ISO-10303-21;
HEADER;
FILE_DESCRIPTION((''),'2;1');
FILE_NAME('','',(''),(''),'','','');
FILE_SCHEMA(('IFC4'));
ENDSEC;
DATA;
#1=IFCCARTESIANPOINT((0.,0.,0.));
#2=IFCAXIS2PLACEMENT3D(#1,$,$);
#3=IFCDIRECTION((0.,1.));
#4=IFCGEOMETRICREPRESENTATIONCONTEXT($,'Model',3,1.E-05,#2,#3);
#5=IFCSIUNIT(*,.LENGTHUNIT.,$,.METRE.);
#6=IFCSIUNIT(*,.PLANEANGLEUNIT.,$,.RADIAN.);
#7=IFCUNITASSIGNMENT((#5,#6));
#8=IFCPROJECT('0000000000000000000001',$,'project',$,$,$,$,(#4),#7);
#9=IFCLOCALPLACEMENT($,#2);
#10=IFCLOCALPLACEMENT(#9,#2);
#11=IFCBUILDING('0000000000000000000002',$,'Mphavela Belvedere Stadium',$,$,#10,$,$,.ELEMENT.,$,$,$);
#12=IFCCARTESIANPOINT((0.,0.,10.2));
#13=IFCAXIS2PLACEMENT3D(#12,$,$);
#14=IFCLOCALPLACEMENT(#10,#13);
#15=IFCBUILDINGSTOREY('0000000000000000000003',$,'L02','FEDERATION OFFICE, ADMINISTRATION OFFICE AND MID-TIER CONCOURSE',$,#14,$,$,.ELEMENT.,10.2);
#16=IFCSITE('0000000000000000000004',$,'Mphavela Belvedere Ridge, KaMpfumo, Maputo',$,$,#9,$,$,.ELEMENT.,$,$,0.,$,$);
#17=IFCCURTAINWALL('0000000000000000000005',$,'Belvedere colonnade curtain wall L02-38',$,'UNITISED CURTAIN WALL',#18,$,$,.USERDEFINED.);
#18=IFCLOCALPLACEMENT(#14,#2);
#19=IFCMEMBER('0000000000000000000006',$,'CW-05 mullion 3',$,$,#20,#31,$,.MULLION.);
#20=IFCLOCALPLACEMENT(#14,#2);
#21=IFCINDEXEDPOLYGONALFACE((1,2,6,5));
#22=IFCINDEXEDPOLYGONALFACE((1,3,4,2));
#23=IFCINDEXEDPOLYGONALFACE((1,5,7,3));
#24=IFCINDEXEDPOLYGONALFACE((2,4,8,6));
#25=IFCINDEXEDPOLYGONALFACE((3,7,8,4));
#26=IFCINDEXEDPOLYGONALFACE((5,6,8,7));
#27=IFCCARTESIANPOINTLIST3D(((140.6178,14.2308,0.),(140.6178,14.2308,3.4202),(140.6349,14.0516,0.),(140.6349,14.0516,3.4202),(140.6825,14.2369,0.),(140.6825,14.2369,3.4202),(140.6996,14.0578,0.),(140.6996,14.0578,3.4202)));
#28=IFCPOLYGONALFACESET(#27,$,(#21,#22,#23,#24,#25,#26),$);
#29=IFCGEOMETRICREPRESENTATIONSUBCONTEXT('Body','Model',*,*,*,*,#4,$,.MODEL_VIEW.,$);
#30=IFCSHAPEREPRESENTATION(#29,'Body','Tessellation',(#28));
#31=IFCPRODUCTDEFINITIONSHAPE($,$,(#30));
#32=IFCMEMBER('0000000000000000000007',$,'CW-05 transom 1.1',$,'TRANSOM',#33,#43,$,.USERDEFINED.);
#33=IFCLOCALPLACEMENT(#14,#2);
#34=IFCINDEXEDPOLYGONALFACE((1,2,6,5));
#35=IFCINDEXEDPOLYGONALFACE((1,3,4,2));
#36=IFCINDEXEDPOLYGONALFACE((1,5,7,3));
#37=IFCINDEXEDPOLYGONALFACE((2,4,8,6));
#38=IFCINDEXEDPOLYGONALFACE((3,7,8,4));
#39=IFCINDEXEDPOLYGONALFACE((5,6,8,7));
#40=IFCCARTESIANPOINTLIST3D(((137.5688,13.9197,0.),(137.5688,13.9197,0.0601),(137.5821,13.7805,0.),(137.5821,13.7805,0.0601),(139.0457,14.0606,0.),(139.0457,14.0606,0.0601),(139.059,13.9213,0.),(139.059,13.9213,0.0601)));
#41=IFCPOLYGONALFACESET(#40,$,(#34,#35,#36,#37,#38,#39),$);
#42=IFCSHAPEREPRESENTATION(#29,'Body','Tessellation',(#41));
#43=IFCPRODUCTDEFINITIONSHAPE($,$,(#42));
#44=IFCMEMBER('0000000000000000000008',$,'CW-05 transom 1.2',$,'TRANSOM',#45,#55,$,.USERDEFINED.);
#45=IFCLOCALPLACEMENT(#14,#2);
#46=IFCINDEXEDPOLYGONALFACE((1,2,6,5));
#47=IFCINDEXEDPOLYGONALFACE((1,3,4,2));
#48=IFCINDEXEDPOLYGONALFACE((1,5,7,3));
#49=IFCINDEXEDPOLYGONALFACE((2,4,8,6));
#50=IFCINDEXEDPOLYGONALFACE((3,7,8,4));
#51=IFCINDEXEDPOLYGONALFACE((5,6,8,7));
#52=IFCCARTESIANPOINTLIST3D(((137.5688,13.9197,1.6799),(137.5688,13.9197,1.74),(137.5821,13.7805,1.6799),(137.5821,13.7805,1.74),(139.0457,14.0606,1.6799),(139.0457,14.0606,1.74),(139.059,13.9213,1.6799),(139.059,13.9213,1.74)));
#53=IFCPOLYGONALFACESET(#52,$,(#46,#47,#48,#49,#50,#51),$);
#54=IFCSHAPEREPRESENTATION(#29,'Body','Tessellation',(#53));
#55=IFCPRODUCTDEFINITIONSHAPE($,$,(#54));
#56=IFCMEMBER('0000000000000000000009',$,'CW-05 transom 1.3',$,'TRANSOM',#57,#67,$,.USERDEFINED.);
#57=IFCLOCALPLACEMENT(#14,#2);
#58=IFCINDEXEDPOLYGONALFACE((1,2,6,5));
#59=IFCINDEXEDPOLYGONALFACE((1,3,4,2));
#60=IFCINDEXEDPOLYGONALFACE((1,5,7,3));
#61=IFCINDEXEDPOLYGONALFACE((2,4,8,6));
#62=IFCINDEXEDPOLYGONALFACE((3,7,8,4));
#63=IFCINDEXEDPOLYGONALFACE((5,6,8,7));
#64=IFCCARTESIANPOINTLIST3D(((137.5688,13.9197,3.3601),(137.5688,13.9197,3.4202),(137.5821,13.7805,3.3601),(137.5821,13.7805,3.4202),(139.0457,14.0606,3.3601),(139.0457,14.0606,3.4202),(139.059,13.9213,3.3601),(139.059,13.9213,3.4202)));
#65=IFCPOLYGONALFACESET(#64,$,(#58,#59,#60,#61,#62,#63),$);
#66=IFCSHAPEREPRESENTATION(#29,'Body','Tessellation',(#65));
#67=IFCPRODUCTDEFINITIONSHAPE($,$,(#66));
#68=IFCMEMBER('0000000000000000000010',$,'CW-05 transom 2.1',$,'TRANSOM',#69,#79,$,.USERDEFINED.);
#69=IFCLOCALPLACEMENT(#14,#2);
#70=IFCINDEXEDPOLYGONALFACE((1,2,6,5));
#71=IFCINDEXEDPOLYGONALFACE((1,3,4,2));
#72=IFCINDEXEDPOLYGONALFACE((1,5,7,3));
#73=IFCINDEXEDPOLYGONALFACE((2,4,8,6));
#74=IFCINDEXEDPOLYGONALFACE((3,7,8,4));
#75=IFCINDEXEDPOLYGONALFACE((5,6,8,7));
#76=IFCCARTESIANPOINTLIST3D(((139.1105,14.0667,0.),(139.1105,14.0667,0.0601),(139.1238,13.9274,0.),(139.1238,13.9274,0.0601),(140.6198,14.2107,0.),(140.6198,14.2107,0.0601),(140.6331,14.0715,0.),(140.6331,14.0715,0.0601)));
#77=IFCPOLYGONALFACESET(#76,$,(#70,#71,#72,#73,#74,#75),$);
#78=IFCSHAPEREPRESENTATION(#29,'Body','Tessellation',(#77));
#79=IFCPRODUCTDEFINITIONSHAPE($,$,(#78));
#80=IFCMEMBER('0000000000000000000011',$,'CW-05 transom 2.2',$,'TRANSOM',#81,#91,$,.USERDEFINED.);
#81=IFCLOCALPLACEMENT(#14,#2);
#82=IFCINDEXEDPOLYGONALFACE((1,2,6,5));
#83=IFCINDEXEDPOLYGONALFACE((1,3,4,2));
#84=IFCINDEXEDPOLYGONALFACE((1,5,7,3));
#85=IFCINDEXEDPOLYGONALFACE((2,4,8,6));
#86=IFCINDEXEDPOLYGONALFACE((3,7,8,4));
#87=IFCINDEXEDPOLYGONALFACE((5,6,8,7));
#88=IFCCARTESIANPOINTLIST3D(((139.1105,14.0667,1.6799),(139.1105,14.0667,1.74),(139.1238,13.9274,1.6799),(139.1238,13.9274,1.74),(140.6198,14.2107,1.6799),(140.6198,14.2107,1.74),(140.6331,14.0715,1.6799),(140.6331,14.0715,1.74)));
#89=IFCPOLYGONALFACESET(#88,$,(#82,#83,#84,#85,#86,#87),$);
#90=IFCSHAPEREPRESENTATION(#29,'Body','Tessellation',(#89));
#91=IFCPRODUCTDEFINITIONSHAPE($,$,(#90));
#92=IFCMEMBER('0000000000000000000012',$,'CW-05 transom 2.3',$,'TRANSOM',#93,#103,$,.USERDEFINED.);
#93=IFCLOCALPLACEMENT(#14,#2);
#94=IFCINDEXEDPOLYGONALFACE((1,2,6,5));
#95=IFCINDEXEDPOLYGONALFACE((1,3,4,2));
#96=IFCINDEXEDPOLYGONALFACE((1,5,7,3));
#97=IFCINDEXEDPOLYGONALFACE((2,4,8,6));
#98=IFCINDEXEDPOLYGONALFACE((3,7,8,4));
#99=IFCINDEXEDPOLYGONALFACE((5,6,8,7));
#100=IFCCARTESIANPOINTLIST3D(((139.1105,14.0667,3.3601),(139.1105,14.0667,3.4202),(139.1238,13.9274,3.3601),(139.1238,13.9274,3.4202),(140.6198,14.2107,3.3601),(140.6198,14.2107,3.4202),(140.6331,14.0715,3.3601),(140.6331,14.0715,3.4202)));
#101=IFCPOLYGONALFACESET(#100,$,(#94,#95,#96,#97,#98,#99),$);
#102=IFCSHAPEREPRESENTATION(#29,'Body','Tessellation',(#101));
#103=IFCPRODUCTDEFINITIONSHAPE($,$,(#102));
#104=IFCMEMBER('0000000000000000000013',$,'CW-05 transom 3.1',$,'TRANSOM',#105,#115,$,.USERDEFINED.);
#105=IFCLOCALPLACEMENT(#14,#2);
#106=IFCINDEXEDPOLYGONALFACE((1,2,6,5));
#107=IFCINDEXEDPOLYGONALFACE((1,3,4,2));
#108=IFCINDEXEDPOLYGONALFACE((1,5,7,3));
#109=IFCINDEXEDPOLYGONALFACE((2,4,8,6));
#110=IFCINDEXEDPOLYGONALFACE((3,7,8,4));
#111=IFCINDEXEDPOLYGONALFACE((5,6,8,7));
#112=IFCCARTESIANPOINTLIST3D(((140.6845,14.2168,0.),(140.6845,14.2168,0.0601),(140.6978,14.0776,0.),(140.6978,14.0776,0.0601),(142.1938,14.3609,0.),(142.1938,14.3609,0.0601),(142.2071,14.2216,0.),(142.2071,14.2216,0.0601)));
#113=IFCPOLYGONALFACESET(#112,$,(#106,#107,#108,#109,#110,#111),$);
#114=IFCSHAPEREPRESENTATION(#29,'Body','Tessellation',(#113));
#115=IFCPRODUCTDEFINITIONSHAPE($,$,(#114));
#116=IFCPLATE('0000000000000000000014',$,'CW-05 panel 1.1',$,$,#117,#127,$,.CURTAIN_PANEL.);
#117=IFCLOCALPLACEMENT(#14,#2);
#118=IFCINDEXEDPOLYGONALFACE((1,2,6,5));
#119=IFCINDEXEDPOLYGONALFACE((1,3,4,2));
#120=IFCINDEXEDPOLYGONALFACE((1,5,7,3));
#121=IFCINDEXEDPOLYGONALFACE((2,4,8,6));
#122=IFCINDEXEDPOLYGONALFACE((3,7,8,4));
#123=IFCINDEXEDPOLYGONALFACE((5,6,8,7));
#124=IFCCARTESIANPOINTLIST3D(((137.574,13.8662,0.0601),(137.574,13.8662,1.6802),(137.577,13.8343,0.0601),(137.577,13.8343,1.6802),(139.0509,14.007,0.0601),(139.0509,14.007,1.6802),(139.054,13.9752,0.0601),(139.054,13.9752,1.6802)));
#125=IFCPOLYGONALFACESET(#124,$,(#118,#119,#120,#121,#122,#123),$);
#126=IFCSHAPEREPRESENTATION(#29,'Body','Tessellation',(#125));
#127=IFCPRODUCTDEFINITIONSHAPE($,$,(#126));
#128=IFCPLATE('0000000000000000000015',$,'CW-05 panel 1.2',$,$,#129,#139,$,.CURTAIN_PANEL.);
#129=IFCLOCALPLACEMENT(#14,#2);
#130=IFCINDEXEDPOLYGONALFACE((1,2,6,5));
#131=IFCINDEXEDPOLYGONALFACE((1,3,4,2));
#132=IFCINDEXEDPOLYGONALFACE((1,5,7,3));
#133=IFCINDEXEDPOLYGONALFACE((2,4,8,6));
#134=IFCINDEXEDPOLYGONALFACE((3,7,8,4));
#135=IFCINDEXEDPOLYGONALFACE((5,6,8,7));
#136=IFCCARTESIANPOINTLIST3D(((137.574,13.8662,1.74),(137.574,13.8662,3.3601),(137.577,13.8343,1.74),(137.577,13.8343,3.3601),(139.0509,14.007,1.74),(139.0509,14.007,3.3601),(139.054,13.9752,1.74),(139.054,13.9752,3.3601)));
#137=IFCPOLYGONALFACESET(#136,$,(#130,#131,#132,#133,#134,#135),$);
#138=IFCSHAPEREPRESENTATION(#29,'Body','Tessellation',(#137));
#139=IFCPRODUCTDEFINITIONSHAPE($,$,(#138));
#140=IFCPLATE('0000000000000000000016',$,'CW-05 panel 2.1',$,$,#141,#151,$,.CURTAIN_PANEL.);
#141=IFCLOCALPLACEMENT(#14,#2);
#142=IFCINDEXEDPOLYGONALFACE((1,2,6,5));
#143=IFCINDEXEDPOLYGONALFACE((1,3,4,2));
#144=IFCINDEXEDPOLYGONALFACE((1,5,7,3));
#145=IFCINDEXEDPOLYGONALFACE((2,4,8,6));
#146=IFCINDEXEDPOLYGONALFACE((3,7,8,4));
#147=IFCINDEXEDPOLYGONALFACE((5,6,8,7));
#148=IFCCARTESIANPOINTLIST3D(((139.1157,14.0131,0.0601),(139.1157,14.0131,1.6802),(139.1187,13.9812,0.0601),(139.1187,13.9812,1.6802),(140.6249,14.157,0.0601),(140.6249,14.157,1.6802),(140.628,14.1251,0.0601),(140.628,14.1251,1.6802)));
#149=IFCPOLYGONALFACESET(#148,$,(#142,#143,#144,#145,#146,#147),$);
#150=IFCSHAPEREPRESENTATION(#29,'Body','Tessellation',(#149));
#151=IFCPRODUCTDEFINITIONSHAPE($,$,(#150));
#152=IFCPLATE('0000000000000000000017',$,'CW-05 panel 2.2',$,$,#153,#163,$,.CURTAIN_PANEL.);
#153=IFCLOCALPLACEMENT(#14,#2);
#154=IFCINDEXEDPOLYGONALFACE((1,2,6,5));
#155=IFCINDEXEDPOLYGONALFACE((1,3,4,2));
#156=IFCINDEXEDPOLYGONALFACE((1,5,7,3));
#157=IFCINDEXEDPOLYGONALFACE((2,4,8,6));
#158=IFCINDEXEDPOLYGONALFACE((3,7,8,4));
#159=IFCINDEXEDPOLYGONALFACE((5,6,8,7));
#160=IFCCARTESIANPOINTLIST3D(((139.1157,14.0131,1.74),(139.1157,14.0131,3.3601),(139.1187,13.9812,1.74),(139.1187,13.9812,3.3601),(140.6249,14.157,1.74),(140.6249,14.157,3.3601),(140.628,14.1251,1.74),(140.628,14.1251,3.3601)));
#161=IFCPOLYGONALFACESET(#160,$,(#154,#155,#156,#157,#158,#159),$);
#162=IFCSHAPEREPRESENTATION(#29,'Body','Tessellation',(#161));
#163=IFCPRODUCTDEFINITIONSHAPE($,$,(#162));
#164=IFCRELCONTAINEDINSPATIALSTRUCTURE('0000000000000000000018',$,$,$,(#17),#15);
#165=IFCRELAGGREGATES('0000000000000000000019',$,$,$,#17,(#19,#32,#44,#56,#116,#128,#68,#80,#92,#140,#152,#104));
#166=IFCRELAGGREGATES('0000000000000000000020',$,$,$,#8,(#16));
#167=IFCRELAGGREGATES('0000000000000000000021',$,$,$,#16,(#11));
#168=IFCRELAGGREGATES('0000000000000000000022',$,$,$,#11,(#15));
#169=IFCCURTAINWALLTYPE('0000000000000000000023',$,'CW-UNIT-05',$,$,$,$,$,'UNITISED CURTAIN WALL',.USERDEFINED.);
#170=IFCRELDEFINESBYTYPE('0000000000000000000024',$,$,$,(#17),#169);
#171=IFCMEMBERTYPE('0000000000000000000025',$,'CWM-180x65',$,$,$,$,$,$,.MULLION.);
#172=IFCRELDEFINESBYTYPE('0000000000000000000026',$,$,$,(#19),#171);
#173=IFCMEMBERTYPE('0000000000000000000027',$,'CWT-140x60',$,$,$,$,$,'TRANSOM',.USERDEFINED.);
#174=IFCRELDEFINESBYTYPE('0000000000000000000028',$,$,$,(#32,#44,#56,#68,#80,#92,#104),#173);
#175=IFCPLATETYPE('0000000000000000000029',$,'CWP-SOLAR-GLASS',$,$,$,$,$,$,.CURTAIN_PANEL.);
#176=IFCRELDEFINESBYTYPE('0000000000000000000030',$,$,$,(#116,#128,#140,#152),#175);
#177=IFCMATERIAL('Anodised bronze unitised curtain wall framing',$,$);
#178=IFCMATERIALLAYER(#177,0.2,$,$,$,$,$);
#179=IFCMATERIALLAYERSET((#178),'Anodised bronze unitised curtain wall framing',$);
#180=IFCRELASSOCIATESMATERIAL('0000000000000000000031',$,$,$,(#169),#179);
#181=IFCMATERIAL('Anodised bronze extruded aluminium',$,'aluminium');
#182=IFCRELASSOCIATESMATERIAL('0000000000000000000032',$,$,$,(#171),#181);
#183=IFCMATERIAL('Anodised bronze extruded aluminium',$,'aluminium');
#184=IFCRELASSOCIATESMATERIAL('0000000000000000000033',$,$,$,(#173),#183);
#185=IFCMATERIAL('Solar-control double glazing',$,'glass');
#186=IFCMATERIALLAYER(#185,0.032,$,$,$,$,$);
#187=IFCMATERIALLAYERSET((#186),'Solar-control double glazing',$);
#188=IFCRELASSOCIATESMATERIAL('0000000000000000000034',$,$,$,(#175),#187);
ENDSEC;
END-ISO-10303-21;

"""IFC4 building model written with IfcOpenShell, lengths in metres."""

from ifc_helpers import new_model, si_unit, direction, frame, origin, origin_2d, place, context, subcontext, project, spatial, rectangle, extrude, material, layer, layer_set, material_profile, profile_set, type_object, element, aggregate, save


model = new_model("IFC4")

# Units and contexts
model_context = context("Model", 3, precision=1e-05, world=origin(), true_north=direction((0.0, 1.0)))
body_context = subcontext(model_context, "Body", "Model", "MODEL_VIEW")
ifc_project = project(units=[si_unit("LENGTHUNIT", "METRE"), si_unit("PLANEANGLEUNIT", "RADIAN")], contexts=[model_context])

# Site, building, storey
site_placement = place(None, origin())
site = spatial("IfcSite", under=ifc_project, at=site_placement, Name="Mphavela Belvedere Ridge, KaMpfumo, Maputo", CompositionType="ELEMENT", RefElevation=0.0)
building_placement = place(site_placement, origin())
building = spatial("IfcBuilding", under=site, at=building_placement, Name="Mphavela Belvedere Stadium", CompositionType="ELEMENT")
storey_placement = place(building_placement, frame((0.0, 0.0, 10.2)))
storey = spatial("IfcBuildingStorey", under=building, at=storey_placement, Name="L02", Description="FEDERATION OFFICE, ADMINISTRATION OFFICE AND MID-TIER CONCOURSE", CompositionType="ELEMENT", Elevation=10.2)

# Curtain wall, members, plates
ifc_material_1 = material(Name="Anodised bronze unitised curtain wall framing")
ifc_layer_1 = layer(ifc_material_1, 0.2)
ifc_layer_set_1 = layer_set([ifc_layer_1], Name="Anodised bronze unitised curtain wall framing")
curtain_wall_type = type_object("IfcCurtainWallType", Name="CW-UNIT-05", ElementType="UNITISED CURTAIN WALL", PredefinedType="USERDEFINED", material=ifc_layer_set_1)
curtain_wall_placement = place(storey_placement, origin())
curtain_wall = element("IfcCurtainWall", 1, at=curtain_wall_placement, inside=storey, type_object=curtain_wall_type, Name="Belvedere colonnade curtain wall L02-38", ObjectType="UNITISED CURTAIN WALL", PredefinedType="USERDEFINED")
ifc_material_2 = material(Name="Anodised bronze extruded aluminium", Category="aluminium")
ifc_material_profile_1 = material_profile(ifc_material_2, rectangle(XDim=0.1799, YDim=0.0649, at=origin_2d()), Name="CW-MUL 180x65")
ifc_profile_set_1 = profile_set([ifc_material_profile_1], Name="Anodised bronze extruded aluminium")
member_type_1 = type_object("IfcMemberType", Name="CWM-180x65", PredefinedType="MULLION", material=ifc_profile_set_1)
member_1_placement = place(storey_placement, frame((140.6587, 14.1443, 0.0), z_axis=(0.0, 0.0, 1.0), x_axis=(-0.094926, 0.995484, 0.0)))
member_1 = element("IfcMember", 2, at=member_1_placement, type_object=member_type_1, Name="CW-05 mullion 3", PredefinedType="MULLION", context=body_context, shape_type="SweptSolid", body=[
    extrude(rectangle(XDim=0.1799, YDim=0.0649, at=origin_2d()), origin(), (0.0, 0.0, 1.0), 3.4202),
])
ifc_material_3 = material(Name="Anodised bronze extruded aluminium", Category="aluminium")
ifc_material_profile_2 = material_profile(ifc_material_3, rectangle(XDim=0.1399, YDim=0.0601, at=origin_2d()), Name="CW-TRN 140x60")
ifc_profile_set_2 = profile_set([ifc_material_profile_2], Name="Anodised bronze extruded aluminium")
member_type_2 = type_object("IfcMemberType", Name="CWT-140x60", ElementType="TRANSOM", PredefinedType="USERDEFINED", material=ifc_profile_set_2)
member_2_placement = place(storey_placement, frame((137.5754, 13.8501, 0.03), z_axis=(0.995483, 0.094941, 0.0), x_axis=(-0.094941, 0.995483, 0.0)))
member_2 = element("IfcMember", 3, at=member_2_placement, type_object=member_type_2, Name="CW-05 transom 1.1", ObjectType="TRANSOM", PredefinedType="USERDEFINED", context=body_context, shape_type="SweptSolid", body=[
    extrude(rectangle(XDim=0.1399, YDim=0.0601, at=origin_2d()), origin(), (0.0, 0.0, 1.0), 1.4836),
])
member_3_placement = place(storey_placement, frame((137.5754, 13.8501, 1.71), z_axis=(0.995483, 0.094941, 0.0), x_axis=(-0.094941, 0.995483, 0.0)))
member_3 = element("IfcMember", 4, at=member_3_placement, type_object=member_type_2, Name="CW-05 transom 1.2", ObjectType="TRANSOM", PredefinedType="USERDEFINED", context=body_context, shape_type="SweptSolid", body=[
    extrude(rectangle(XDim=0.1399, YDim=0.0601, at=origin_2d()), origin(), (0.0, 0.0, 1.0), 1.4836),
])
member_4_placement = place(storey_placement, frame((137.5754, 13.8501, 3.3901), z_axis=(0.995483, 0.094941, 0.0), x_axis=(-0.094941, 0.995483, 0.0)))
member_4 = element("IfcMember", 5, at=member_4_placement, type_object=member_type_2, Name="CW-05 transom 1.3", ObjectType="TRANSOM", PredefinedType="USERDEFINED", context=body_context, shape_type="SweptSolid", body=[
    extrude(rectangle(XDim=0.1399, YDim=0.0601, at=origin_2d()), origin(), (0.0, 0.0, 1.0), 1.4836),
])
member_5_placement = place(storey_placement, frame((139.1172, 13.9971, 0.03), z_axis=(0.995477, 0.095007, 0.0), x_axis=(-0.095007, 0.995477, 0.0)))
member_5 = element("IfcMember", 6, at=member_5_placement, type_object=member_type_2, Name="CW-05 transom 2.1", ObjectType="TRANSOM", PredefinedType="USERDEFINED", context=body_context, shape_type="SweptSolid", body=[
    extrude(rectangle(XDim=0.1399, YDim=0.0601, at=origin_2d()), origin(), (0.0, 0.0, 1.0), 1.5161),
])
member_6_placement = place(storey_placement, frame((139.1172, 13.9971, 1.71), z_axis=(0.995477, 0.095007, 0.0), x_axis=(-0.095007, 0.995477, 0.0)))
member_6 = element("IfcMember", 7, at=member_6_placement, type_object=member_type_2, Name="CW-05 transom 2.2", ObjectType="TRANSOM", PredefinedType="USERDEFINED", context=body_context, shape_type="SweptSolid", body=[
    extrude(rectangle(XDim=0.1399, YDim=0.0601, at=origin_2d()), origin(), (0.0, 0.0, 1.0), 1.5161),
])
member_7_placement = place(storey_placement, frame((139.1172, 13.9971, 3.3901), z_axis=(0.995477, 0.095007, 0.0), x_axis=(-0.095007, 0.995477, 0.0)))
member_7 = element("IfcMember", 8, at=member_7_placement, type_object=member_type_2, Name="CW-05 transom 2.3", ObjectType="TRANSOM", PredefinedType="USERDEFINED", context=body_context, shape_type="SweptSolid", body=[
    extrude(rectangle(XDim=0.1399, YDim=0.0601, at=origin_2d()), origin(), (0.0, 0.0, 1.0), 1.5161),
])
member_8_placement = place(storey_placement, frame((140.6912, 14.1472, 0.03), z_axis=(0.995477, 0.095007, 0.0), x_axis=(-0.095007, 0.995477, 0.0)))
member_8 = element("IfcMember", 9, at=member_8_placement, type_object=member_type_2, Name="CW-05 transom 3.1", ObjectType="TRANSOM", PredefinedType="USERDEFINED", context=body_context, shape_type="SweptSolid", body=[
    extrude(rectangle(XDim=0.1399, YDim=0.0601, at=origin_2d()), origin(), (0.0, 0.0, 1.0), 1.5161),
])
ifc_material_4 = material(Name="Solar-control double glazing", Category="glass")
ifc_layer_2 = layer(ifc_material_4, 0.032)
ifc_layer_set_2 = layer_set([ifc_layer_2], Name="Solar-control double glazing")
plate_type = type_object("IfcPlateType", Name="CWP-SOLAR-GLASS", PredefinedType="CURTAIN_PANEL", material=ifc_layer_set_2)
plate_1_placement = place(storey_placement, frame((138.314, 13.9207, 0.0601), z_axis=(0.0, 0.0, 1.0), x_axis=(0.995484, 0.094926, 0.0)))
plate_1 = element("IfcPlate", 10, at=plate_1_placement, type_object=plate_type, Name="CW-05 panel 1.1", PredefinedType="CURTAIN_PANEL", context=body_context, shape_type="SweptSolid", body=[
    extrude(rectangle(XDim=1.4836, YDim=0.032, at=origin_2d()), origin(), (0.0, 0.0, 1.0), 1.6201),
])
plate_2_placement = place(storey_placement, frame((138.314, 13.9207, 1.74), z_axis=(0.0, 0.0, 1.0), x_axis=(0.995484, 0.094926, 0.0)))
plate_2 = element("IfcPlate", 11, at=plate_2_placement, type_object=plate_type, Name="CW-05 panel 1.2", PredefinedType="CURTAIN_PANEL", context=body_context, shape_type="SweptSolid", body=[
    extrude(rectangle(XDim=1.4836, YDim=0.032, at=origin_2d()), origin(), (0.0, 0.0, 1.0), 1.6201),
])
plate_3_placement = place(storey_placement, frame((139.8718, 14.0691, 0.0601), z_axis=(0.0, 0.0, 1.0), x_axis=(0.995484, 0.094926, 0.0)))
plate_3 = element("IfcPlate", 12, at=plate_3_placement, type_object=plate_type, Name="CW-05 panel 2.1", PredefinedType="CURTAIN_PANEL", context=body_context, shape_type="SweptSolid", body=[
    extrude(rectangle(XDim=1.5161, YDim=0.032, at=origin_2d()), origin(), (0.0, 0.0, 1.0), 1.6201),
])
plate_4_placement = place(storey_placement, frame((139.8718, 14.0691, 1.74), z_axis=(0.0, 0.0, 1.0), x_axis=(0.995484, 0.094926, 0.0)))
plate_4 = element("IfcPlate", 13, at=plate_4_placement, type_object=plate_type, Name="CW-05 panel 2.2", PredefinedType="CURTAIN_PANEL", context=body_context, shape_type="SweptSolid", body=[
    extrude(rectangle(XDim=1.5161, YDim=0.032, at=origin_2d()), origin(), (0.0, 0.0, 1.0), 1.6201),
])
aggregate(curtain_wall, [member_1, member_2, member_3, member_4, plate_1, plate_2, member_5, member_6, member_7, plate_3, plate_4, member_8])

save(model, "model.ifc")
